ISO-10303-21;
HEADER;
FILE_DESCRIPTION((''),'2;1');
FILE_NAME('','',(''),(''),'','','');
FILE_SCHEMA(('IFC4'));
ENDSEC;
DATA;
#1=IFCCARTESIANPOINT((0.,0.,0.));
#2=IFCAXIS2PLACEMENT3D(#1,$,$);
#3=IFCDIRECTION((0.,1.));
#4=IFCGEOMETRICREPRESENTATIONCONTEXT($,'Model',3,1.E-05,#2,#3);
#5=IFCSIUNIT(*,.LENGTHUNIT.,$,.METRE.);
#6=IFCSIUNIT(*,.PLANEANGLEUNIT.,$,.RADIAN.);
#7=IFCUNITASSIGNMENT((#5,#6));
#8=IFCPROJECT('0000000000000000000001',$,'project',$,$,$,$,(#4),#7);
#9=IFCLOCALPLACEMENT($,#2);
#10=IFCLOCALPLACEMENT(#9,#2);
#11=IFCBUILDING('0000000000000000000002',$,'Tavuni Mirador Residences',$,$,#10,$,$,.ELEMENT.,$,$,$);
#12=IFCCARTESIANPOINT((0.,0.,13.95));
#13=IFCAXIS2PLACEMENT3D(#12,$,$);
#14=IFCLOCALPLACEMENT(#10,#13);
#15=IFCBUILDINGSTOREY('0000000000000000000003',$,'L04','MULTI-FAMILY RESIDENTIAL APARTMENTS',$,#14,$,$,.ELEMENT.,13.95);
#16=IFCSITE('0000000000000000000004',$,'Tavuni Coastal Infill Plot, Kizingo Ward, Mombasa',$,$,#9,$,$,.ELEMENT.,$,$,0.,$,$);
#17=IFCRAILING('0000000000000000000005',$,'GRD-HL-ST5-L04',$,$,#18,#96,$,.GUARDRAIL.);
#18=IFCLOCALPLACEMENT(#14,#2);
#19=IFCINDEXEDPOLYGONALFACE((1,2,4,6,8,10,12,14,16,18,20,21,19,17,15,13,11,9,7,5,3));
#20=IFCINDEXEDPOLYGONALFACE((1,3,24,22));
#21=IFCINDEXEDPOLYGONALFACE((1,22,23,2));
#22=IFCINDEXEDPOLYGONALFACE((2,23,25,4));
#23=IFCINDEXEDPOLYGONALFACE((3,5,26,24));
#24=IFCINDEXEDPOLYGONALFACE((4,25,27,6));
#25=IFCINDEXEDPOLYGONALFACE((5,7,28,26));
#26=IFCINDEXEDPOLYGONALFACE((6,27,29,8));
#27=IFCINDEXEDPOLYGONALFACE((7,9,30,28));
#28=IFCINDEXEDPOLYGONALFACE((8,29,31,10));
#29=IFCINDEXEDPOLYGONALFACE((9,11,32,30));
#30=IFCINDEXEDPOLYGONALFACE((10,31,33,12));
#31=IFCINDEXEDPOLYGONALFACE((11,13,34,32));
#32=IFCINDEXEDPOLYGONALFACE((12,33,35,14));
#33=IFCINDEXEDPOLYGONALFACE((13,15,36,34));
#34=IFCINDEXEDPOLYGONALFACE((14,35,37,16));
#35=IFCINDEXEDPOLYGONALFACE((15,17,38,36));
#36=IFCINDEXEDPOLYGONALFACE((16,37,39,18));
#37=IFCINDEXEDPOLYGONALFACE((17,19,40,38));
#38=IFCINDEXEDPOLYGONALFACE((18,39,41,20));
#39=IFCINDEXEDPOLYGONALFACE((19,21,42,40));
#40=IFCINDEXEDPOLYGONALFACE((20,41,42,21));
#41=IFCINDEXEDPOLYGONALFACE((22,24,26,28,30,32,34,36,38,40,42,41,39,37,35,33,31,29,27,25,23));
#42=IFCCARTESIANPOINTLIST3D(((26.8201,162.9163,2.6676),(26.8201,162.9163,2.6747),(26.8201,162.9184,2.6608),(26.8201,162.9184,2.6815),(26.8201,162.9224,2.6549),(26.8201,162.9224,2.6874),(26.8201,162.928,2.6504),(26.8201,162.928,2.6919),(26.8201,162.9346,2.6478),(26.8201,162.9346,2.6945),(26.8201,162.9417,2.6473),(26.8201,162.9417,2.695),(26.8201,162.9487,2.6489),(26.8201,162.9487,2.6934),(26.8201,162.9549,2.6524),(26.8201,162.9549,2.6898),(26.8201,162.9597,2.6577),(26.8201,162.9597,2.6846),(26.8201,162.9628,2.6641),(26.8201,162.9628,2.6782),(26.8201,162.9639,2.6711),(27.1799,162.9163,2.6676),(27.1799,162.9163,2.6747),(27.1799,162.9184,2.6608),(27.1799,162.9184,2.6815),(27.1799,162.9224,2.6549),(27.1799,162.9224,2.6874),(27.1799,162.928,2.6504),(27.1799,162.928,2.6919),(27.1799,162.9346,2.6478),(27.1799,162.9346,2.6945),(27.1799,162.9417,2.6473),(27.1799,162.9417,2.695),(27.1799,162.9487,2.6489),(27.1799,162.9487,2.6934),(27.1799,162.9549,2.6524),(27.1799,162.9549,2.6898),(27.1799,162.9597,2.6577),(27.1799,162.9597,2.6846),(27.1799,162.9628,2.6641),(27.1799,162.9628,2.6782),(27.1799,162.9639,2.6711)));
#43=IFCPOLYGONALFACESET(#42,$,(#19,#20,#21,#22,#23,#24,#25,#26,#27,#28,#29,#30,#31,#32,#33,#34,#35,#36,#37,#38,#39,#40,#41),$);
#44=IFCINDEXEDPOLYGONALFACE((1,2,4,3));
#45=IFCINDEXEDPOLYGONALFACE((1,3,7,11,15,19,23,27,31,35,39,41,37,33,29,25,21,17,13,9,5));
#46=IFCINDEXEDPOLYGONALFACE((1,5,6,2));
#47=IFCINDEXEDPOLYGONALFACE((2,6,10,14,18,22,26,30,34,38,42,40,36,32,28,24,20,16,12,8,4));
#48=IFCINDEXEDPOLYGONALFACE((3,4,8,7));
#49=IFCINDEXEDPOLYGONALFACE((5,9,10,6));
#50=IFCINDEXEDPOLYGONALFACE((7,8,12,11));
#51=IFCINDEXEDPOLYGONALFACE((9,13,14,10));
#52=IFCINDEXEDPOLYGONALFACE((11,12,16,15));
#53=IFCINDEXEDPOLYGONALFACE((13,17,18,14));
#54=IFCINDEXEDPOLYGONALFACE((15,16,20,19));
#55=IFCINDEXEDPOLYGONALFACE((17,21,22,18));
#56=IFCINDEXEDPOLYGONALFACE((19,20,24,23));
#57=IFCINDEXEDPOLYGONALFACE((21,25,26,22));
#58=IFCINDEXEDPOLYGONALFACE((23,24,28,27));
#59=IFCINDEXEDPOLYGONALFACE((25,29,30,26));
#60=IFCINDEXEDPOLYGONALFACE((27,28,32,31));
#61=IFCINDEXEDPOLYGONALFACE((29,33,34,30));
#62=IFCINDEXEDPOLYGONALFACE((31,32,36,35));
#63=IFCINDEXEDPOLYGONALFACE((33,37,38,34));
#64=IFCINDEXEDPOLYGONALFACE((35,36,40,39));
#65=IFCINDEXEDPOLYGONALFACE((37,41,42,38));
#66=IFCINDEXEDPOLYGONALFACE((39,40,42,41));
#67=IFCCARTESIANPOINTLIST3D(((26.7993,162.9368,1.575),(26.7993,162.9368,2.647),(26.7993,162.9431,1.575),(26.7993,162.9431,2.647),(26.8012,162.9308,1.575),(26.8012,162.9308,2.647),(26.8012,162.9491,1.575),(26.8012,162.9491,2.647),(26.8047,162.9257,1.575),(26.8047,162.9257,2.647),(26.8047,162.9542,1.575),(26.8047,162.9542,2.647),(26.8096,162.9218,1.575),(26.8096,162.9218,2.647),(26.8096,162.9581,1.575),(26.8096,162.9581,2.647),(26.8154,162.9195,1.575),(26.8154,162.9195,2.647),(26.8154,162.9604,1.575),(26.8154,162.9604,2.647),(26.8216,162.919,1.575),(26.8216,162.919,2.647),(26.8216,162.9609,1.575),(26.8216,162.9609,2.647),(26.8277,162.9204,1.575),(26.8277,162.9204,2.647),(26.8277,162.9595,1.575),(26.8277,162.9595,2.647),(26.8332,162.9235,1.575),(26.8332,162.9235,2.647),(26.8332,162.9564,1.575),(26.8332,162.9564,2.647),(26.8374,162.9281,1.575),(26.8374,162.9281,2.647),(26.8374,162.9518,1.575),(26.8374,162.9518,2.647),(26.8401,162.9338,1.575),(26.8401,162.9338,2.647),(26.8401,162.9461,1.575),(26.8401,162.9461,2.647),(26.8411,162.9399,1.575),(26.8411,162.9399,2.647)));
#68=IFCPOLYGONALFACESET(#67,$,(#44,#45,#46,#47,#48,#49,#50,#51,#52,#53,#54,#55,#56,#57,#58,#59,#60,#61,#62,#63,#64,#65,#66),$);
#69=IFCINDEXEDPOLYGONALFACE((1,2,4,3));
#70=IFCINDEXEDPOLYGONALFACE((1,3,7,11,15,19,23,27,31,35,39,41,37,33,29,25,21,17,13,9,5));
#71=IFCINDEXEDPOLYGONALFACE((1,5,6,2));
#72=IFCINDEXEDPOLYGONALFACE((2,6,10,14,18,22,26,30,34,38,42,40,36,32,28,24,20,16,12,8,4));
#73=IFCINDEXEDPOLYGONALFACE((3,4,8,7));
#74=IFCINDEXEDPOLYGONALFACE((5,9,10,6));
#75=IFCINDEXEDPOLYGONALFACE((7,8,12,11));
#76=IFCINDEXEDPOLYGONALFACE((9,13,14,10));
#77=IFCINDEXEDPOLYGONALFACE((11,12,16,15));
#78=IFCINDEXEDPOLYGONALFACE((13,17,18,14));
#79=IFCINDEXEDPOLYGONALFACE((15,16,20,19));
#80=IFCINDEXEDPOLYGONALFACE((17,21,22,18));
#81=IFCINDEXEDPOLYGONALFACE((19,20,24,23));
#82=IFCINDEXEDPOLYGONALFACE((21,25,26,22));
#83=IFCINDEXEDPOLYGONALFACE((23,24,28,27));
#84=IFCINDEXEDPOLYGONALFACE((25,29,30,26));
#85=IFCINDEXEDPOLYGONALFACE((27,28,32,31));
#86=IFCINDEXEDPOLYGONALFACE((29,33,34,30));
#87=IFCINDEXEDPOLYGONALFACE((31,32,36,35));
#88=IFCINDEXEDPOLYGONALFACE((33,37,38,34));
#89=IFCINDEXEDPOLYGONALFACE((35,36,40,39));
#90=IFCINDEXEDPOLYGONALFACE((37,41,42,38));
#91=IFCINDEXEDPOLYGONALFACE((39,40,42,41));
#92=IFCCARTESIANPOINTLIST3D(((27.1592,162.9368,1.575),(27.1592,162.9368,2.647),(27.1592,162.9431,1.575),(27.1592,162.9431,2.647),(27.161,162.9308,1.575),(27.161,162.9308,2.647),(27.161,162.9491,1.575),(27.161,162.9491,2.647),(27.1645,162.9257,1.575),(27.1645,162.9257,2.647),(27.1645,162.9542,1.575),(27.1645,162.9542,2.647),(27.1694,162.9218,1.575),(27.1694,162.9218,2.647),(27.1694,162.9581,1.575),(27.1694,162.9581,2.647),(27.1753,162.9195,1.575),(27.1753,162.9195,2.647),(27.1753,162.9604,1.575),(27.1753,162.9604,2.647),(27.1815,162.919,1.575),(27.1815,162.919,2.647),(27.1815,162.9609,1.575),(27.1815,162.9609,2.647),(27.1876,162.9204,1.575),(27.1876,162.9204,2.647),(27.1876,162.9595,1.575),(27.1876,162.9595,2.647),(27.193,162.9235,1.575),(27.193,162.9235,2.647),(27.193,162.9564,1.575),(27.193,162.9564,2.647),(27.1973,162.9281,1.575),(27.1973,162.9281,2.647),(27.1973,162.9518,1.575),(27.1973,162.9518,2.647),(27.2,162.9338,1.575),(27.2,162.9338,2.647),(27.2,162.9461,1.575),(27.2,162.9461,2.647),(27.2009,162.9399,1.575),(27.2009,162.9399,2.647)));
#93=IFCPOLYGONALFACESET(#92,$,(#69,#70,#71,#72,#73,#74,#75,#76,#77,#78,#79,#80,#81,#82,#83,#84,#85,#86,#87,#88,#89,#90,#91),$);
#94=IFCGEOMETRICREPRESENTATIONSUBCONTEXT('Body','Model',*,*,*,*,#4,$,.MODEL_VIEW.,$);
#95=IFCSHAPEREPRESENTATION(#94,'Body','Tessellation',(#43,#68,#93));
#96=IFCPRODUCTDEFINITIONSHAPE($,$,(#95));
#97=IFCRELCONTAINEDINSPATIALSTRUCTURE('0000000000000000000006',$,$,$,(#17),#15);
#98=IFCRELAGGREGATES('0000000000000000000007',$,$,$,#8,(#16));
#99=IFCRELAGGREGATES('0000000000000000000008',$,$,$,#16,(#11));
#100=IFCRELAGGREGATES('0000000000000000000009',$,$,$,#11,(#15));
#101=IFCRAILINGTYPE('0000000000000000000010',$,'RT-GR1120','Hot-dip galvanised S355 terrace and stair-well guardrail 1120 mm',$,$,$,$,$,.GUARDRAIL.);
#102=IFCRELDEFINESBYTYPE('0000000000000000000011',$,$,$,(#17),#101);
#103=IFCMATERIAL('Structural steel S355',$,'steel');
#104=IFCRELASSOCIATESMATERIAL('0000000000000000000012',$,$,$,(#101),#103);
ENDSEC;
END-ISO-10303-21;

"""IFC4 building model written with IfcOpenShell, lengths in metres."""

from ifc_helpers import new_model, si_unit, direction, frame, origin, origin_2d, place, context, subcontext, project, spatial, circle, extrude, material, type_object, element, save


model = new_model("IFC4")

# Units and contexts
model_context = context("Model", 3, precision=1e-05, world=origin(), true_north=direction((0.0, 1.0)))
body_context = subcontext(model_context, "Body", "Model", "MODEL_VIEW")
ifc_project = project(units=[si_unit("LENGTHUNIT", "METRE"), si_unit("PLANEANGLEUNIT", "RADIAN")], contexts=[model_context])

# Site, building, storey
site_placement = place(None, origin())
site = spatial("IfcSite", under=ifc_project, at=site_placement, Name="Tavuni Coastal Infill Plot, Kizingo Ward, Mombasa", CompositionType="ELEMENT", RefElevation=0.0)
building_placement = place(site_placement, origin())
building = spatial("IfcBuilding", under=site, at=building_placement, Name="Tavuni Mirador Residences", CompositionType="ELEMENT")
storey_placement = place(building_placement, frame((0.0, 0.0, 13.95)))
storey = spatial("IfcBuildingStorey", under=building, at=storey_placement, Name="L04", Description="MULTI-FAMILY RESIDENTIAL APARTMENTS", CompositionType="ELEMENT", Elevation=13.95)

# Shared definitions
ifc_material_1 = material(Name="Structural steel S355", Category="steel")

# Railing
railing_type_1 = type_object("IfcRailingType", Name="RT-GR1120", Description="Hot-dip galvanised S355 terrace and stair-well guardrail 1120 mm", PredefinedType="GUARDRAIL", material=ifc_material_1)
railing_1_placement = place(storey_placement, frame((26.8201, 162.9399, 1.575)))
element("IfcRailing", 1, at=railing_1_placement, inside=storey, type_object=railing_type_1, Name="GRD-HL-ST5-L04", PredefinedType="GUARDRAIL", context=body_context, shape_type="SweptSolid", body=[
    extrude(circle(Radius=0.0239, at=origin_2d()), frame((0.0, 0.0, 1.0962), z_axis=(1.0, 0.0, 0.0), x_axis=(0.0, 1.0, 0.0)), (0.0, 0.0, 1.0), 0.3599),
    extrude(circle(Radius=0.021, at=origin_2d()), origin(), (0.0, 0.0, 1.0), 1.072),
    extrude(circle(Radius=0.021, at=origin_2d()), frame((0.3599, 0.0, 0.0)), (0.0, 0.0, 1.0), 1.072),
])

save(model, "model.ifc")
